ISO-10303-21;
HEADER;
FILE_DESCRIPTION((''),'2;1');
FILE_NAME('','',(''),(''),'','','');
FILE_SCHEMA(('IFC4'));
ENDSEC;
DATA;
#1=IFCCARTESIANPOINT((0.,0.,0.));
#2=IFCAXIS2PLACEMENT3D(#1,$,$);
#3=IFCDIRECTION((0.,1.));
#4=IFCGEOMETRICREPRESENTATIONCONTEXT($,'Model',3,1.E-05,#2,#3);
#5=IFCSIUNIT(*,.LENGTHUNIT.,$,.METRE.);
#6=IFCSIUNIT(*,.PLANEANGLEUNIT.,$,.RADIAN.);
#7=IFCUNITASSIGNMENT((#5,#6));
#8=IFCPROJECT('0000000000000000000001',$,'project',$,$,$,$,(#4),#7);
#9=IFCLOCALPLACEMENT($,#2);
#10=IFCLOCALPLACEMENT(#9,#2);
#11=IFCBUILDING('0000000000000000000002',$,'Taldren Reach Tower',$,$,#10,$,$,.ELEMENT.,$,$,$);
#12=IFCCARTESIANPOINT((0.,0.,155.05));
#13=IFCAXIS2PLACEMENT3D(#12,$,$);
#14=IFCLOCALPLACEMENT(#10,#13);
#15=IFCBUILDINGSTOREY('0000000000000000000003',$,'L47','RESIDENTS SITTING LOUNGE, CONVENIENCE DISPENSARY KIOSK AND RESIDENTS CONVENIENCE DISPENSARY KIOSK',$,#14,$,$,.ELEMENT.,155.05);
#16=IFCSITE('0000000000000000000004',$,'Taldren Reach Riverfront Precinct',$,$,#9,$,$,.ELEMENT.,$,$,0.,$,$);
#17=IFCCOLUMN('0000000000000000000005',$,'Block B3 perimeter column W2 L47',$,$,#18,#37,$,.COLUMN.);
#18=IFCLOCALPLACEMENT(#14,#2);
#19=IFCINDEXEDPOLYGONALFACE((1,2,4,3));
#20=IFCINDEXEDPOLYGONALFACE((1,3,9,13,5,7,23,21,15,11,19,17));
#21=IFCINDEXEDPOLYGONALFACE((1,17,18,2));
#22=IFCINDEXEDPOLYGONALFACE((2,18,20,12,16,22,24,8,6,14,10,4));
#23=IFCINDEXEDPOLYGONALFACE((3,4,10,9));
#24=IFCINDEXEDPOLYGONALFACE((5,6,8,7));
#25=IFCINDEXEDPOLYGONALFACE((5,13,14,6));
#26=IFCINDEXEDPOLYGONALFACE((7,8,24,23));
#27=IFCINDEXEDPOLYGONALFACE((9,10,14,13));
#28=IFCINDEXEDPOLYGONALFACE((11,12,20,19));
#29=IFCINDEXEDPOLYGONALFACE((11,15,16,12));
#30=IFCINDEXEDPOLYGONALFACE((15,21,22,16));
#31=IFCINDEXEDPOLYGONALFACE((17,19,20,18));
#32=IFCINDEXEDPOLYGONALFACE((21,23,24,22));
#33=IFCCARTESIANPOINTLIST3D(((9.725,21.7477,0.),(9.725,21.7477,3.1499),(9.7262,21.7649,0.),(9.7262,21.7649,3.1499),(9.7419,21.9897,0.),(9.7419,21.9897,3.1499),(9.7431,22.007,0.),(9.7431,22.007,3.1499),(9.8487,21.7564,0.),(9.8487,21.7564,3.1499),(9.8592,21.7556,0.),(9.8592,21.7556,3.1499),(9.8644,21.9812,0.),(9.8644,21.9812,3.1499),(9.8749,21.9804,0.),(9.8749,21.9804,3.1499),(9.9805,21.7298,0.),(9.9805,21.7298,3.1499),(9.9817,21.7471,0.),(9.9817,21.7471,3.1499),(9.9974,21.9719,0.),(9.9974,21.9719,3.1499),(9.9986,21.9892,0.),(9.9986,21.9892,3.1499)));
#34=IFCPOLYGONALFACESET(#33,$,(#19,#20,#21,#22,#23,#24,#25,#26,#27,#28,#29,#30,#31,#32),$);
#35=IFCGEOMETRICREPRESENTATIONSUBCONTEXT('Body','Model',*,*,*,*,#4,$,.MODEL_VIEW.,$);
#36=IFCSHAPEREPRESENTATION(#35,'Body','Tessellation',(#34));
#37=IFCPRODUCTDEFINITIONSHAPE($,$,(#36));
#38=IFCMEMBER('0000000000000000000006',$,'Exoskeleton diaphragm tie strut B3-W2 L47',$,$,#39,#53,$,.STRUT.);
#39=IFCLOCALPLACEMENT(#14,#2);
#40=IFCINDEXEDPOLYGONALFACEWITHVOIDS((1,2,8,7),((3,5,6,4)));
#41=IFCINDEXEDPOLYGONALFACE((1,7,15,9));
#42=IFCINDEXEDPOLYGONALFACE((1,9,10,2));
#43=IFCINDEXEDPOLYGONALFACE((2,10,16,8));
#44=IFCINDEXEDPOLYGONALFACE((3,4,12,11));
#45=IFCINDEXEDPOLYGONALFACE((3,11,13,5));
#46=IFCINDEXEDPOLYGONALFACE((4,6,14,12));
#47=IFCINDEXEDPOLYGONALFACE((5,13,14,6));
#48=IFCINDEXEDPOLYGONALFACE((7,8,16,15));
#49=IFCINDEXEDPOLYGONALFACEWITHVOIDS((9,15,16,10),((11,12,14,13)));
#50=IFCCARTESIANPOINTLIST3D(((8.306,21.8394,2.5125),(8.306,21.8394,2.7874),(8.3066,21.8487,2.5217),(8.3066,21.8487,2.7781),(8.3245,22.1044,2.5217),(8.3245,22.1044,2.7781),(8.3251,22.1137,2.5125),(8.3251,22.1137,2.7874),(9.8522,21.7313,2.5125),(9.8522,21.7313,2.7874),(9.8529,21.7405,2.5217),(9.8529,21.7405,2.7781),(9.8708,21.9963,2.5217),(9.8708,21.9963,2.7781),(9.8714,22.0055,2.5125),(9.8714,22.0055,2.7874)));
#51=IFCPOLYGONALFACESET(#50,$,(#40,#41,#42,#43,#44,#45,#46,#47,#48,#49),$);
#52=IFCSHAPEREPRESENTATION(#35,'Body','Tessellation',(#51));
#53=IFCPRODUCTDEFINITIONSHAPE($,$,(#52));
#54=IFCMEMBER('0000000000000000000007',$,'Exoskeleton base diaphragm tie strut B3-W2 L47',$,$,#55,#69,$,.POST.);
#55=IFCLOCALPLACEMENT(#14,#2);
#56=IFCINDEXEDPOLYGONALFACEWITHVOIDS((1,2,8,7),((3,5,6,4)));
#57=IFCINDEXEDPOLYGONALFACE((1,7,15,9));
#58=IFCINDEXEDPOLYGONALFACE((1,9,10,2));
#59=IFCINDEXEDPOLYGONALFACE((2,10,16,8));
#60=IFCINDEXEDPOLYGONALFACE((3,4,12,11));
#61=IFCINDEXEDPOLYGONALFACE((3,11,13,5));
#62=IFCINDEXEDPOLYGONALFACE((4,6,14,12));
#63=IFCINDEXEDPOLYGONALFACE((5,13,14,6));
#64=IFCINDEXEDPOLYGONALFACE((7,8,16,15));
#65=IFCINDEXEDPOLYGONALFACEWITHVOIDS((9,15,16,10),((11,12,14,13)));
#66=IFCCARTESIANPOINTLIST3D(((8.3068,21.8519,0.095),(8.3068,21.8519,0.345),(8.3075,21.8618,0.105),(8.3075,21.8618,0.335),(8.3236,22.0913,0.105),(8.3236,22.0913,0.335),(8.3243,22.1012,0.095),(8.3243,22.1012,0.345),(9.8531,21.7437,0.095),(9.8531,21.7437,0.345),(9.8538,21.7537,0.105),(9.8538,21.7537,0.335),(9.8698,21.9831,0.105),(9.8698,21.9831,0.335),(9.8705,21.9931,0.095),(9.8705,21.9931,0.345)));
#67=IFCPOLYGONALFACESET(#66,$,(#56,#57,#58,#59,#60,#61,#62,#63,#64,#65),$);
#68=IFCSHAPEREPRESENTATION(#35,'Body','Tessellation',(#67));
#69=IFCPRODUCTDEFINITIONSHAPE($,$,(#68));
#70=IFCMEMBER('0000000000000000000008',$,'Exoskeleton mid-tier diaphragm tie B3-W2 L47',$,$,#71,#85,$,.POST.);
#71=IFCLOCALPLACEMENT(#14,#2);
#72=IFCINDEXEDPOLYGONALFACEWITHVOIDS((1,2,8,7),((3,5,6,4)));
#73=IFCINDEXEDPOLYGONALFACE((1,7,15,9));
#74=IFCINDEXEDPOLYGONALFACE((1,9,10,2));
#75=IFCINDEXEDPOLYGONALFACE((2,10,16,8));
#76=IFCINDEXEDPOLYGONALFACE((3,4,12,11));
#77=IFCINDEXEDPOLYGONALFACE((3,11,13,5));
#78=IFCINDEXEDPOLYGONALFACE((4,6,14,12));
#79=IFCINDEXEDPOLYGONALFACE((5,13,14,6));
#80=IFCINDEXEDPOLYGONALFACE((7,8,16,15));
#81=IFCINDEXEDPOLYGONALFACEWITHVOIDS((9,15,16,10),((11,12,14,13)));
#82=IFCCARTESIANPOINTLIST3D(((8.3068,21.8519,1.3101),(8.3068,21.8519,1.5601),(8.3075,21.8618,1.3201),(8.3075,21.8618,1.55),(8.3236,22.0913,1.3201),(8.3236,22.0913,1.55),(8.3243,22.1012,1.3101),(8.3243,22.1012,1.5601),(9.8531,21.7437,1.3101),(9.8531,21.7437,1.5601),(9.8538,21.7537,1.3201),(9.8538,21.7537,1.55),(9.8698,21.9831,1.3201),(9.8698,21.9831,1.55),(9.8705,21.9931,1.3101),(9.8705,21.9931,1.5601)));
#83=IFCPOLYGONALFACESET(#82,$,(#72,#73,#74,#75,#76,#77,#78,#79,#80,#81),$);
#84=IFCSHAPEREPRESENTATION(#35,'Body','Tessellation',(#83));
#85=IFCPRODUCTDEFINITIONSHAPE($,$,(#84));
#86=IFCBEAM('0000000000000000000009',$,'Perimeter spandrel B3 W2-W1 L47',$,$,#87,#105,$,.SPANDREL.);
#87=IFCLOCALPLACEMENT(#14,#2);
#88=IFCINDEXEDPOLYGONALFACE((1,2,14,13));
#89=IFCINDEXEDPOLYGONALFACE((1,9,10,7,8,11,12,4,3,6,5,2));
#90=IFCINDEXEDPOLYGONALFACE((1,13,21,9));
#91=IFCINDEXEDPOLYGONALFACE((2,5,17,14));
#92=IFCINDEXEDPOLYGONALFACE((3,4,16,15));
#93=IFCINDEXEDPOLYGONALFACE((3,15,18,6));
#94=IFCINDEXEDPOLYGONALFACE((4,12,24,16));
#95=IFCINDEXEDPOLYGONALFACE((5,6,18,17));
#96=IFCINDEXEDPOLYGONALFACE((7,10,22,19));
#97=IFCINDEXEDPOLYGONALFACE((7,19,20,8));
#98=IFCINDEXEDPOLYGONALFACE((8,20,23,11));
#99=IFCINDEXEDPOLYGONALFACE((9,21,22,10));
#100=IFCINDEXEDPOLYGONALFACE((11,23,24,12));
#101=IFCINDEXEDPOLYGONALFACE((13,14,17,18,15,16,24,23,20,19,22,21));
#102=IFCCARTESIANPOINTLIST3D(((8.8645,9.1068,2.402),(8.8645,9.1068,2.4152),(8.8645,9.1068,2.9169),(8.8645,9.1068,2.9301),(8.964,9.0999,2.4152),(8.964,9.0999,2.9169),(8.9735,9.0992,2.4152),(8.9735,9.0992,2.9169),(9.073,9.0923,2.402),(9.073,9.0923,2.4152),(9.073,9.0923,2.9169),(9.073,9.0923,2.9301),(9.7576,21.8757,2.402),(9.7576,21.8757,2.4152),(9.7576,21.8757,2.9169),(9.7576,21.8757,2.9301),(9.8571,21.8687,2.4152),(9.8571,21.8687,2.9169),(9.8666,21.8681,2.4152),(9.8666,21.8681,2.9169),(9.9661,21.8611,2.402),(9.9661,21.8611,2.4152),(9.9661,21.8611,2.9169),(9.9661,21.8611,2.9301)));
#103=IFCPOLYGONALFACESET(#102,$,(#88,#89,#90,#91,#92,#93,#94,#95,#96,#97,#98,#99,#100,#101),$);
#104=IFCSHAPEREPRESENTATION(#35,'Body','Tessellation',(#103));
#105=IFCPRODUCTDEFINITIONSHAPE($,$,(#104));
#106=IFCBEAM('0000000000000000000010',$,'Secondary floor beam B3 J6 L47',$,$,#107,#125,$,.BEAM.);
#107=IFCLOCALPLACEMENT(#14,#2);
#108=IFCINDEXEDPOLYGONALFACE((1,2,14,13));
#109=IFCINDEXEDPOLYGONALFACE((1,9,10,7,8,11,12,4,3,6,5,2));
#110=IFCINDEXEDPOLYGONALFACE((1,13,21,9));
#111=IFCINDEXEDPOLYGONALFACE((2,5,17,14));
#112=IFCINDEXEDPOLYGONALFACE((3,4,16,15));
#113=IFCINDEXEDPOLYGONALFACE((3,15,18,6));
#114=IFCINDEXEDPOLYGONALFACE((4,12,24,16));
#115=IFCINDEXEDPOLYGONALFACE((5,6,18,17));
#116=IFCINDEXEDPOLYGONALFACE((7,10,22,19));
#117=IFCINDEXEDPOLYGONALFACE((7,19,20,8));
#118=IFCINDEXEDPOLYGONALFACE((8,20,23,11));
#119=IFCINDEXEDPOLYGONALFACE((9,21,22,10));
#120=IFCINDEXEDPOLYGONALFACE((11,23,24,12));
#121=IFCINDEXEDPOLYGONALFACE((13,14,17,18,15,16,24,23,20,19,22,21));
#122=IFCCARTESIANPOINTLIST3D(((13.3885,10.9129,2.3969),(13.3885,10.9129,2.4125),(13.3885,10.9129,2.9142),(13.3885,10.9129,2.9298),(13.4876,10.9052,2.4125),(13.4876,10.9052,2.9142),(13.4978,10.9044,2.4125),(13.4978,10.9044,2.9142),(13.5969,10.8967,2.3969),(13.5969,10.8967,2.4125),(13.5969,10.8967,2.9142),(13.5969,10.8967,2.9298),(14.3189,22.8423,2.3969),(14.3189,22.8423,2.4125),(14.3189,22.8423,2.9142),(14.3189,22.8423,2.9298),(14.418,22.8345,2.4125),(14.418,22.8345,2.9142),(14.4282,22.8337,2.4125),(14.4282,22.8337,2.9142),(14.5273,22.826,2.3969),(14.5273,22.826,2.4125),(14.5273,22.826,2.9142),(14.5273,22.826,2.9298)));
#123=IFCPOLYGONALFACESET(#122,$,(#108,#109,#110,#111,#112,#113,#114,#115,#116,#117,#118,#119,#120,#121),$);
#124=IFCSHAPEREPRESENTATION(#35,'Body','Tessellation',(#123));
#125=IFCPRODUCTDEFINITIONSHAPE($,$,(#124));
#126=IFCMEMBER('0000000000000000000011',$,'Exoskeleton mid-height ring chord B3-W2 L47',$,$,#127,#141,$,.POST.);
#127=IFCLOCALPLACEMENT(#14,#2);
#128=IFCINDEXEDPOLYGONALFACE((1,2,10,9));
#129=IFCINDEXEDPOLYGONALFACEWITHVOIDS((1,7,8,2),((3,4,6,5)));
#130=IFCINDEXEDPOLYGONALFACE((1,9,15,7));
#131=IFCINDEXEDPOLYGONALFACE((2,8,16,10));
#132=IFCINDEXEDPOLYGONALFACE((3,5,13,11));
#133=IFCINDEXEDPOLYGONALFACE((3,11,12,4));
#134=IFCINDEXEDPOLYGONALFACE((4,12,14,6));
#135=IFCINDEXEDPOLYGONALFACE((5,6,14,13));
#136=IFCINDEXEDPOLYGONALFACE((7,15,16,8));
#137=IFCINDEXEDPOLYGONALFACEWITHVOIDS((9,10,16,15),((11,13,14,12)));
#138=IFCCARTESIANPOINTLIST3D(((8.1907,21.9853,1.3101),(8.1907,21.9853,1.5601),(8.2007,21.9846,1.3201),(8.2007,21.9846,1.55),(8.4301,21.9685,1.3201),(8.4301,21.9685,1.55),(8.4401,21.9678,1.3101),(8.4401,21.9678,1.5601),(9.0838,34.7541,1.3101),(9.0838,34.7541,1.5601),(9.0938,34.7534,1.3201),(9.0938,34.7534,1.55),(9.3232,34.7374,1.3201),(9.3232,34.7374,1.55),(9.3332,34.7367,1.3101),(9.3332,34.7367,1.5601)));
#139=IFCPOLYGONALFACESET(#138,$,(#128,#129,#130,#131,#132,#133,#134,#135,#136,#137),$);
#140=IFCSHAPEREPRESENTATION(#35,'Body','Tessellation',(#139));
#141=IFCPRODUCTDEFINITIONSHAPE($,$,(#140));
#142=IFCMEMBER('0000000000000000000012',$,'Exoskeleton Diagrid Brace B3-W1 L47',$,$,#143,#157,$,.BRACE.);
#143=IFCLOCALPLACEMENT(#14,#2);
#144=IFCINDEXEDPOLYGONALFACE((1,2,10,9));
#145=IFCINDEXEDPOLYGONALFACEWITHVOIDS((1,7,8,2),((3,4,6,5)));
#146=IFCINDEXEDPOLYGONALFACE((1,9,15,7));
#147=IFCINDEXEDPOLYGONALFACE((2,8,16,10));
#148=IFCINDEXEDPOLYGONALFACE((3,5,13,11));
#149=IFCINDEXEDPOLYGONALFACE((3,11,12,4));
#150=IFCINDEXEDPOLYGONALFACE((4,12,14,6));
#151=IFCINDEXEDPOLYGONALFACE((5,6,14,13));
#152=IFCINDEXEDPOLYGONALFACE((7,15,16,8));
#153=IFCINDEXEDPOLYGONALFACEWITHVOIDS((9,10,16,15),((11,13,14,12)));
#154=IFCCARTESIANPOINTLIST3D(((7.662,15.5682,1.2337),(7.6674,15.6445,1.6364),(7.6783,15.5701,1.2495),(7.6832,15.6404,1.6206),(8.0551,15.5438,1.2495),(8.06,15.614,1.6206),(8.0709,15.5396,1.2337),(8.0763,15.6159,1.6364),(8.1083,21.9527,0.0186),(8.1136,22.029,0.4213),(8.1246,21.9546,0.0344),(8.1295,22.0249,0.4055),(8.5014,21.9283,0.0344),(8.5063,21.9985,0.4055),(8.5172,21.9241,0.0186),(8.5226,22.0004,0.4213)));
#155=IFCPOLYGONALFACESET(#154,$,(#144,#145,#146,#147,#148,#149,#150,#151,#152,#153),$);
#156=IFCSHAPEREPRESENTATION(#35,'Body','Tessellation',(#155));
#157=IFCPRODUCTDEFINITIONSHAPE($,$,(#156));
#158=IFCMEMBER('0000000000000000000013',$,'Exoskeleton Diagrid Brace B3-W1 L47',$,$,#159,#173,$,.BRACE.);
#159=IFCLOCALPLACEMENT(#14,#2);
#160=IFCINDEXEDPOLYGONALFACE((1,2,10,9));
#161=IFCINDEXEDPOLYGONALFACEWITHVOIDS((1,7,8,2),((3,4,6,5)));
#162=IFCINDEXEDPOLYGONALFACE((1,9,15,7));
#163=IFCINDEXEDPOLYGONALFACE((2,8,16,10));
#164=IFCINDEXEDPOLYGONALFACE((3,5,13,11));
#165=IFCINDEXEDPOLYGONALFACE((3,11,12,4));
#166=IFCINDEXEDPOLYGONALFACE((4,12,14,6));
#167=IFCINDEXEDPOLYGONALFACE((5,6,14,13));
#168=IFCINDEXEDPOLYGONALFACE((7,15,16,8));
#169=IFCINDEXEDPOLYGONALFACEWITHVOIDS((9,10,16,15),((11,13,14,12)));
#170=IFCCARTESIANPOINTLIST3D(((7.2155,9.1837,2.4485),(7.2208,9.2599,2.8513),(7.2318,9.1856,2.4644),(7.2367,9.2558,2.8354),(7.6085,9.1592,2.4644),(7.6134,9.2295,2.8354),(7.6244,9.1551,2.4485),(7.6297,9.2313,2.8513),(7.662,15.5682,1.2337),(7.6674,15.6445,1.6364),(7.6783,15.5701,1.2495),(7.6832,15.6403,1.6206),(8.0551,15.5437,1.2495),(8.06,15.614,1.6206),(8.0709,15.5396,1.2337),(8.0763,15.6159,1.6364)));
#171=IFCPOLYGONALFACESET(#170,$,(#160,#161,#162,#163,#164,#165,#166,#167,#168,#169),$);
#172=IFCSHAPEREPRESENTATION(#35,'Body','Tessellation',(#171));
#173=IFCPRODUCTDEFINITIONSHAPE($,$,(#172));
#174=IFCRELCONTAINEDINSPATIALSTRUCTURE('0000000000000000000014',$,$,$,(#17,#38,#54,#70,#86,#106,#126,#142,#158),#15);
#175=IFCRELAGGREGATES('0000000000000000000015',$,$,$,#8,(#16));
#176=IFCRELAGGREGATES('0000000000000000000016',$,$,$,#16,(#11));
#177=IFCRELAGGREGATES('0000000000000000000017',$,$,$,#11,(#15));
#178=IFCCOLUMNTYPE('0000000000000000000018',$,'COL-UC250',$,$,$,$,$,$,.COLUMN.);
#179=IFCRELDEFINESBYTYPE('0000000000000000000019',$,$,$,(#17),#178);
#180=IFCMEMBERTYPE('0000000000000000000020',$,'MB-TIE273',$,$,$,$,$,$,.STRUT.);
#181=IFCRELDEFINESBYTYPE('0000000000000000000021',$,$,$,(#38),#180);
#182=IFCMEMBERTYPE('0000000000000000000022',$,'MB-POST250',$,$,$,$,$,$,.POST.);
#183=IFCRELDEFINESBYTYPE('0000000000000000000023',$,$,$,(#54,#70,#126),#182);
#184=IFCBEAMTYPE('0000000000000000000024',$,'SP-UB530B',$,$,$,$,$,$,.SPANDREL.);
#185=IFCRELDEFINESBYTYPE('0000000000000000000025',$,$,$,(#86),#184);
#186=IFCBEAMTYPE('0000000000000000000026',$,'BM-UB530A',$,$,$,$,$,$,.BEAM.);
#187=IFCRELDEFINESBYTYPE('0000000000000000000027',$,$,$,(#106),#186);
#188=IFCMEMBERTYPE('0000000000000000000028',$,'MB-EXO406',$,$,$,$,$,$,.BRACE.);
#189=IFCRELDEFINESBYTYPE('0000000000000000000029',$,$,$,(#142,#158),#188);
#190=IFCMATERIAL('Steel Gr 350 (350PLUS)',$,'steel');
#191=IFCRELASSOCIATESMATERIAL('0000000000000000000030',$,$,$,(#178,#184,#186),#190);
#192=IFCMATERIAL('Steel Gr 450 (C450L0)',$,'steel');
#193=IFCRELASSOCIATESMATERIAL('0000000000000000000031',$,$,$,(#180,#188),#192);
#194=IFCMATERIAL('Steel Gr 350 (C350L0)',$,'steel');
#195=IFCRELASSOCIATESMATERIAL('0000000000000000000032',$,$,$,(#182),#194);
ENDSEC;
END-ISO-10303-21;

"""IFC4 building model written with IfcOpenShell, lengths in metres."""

from ifc_helpers import new_model, si_unit, direction, frame, origin, origin_2d, place, context, subcontext, project, spatial, hollow_rectangle, i_section, extrude, source, transform, mapped, material, material_profile, profile_set, type_object, element, save


model = new_model("IFC4")

# Units and contexts
model_context = context("Model", 3, precision=1e-05, world=origin(), true_north=direction((0.0, 1.0)))
body_context = subcontext(model_context, "Body", "Model", "MODEL_VIEW")
ifc_project = project(units=[si_unit("LENGTHUNIT", "METRE"), si_unit("PLANEANGLEUNIT", "RADIAN")], contexts=[model_context])

# Site, building, storey
site_placement = place(None, origin())
site = spatial("IfcSite", under=ifc_project, at=site_placement, Name="Taldren Reach Riverfront Precinct", CompositionType="ELEMENT", RefElevation=0.0)
building_placement = place(site_placement, origin())
building = spatial("IfcBuilding", under=site, at=building_placement, Name="Taldren Reach Tower", CompositionType="ELEMENT")
storey_placement = place(building_placement, frame((0.0, 0.0, 155.05)))
storey = spatial("IfcBuildingStorey", under=building, at=storey_placement, Name="L47", Description="RESIDENTS SITTING LOUNGE, CONVENIENCE DISPENSARY KIOSK AND RESIDENTS CONVENIENCE DISPENSARY KIOSK", CompositionType="ELEMENT", Elevation=155.05)

# Column
ifc_material_1 = material(Name="Steel Gr 350 (350PLUS)", Category="steel")
ifc_material_profile_1 = material_profile(ifc_material_1, i_section(OverallWidth=0.2561, OverallDepth=0.26, WebThickness=0.0105, FlangeThickness=0.0173, at=origin_2d()), Name="250UC89.5")
ifc_profile_set_1 = profile_set([ifc_material_profile_1], Name="Steel Gr 350 (350PLUS)")
column_type = type_object("IfcColumnType", Name="COL-UC250", PredefinedType="COLUMN", material=ifc_profile_set_1)
shared_shape_1 = source(origin(), body_context, "Body", "SweptSolid", [
    extrude(i_section(OverallWidth=0.2561, OverallDepth=0.26, WebThickness=0.0105, FlangeThickness=0.0173, at=origin_2d()), origin(), (0.0, 0.0, 1.0), 3.1499),
])
column_placement = place(storey_placement, frame((9.8618, 21.8684, 0.0), z_axis=(0.0, 0.0, 1.0), x_axis=(0.997564, -0.069756, 0.0)))
element("IfcColumn", 1, at=column_placement, inside=storey, type_object=column_type, Name="Block B3 perimeter column W2 L47", PredefinedType="COLUMN", context=body_context, shape_type="MappedRepresentation", body=[
    mapped(shared_shape_1, transform((0.0, 0.0, 0.0), scale=1.0)),
])

# Members
ifc_material_2 = material(Name="Steel Gr 450 (C450L0)", Category="steel")
ifc_material_profile_2 = material_profile(ifc_material_2, hollow_rectangle(XDim=0.2749, YDim=0.2749, WallThickness=0.0093, at=origin_2d()), Name="275x275x9.3SHS")
ifc_profile_set_2 = profile_set([ifc_material_profile_2], Name="Steel Gr 450 (C450L0)")
member_type_1 = type_object("IfcMemberType", Name="MB-TIE273", PredefinedType="STRUT", material=ifc_profile_set_2)
shared_shape_2 = source(origin(), body_context, "Body", "SweptSolid", [
    extrude(hollow_rectangle(XDim=0.2749, YDim=0.2749, WallThickness=0.0093, at=origin_2d()), origin(), (0.0, 0.0, 1.0), 1.55),
])
member_1_placement = place(storey_placement, frame((9.8618, 21.8684, 2.6499), z_axis=(-0.997563, 0.06977, 0.0), x_axis=(-0.06977, -0.997563, 0.0)))
element("IfcMember", 2, at=member_1_placement, inside=storey, type_object=member_type_1, Name="Exoskeleton diaphragm tie strut B3-W2 L47", PredefinedType="STRUT", context=body_context, shape_type="MappedRepresentation", body=[
    mapped(shared_shape_2, transform((0.0, 0.0, 0.0), scale=1.0)),
])
ifc_material_3 = material(Name="Steel Gr 350 (C350L0)", Category="steel")
ifc_material_profile_3 = material_profile(ifc_material_3, hollow_rectangle(XDim=0.25, YDim=0.25, WallThickness=0.01, at=origin_2d()), Name="250x250x10.0SHS")
ifc_profile_set_3 = profile_set([ifc_material_profile_3], Name="Steel Gr 350 (C350L0)")
member_type_2 = type_object("IfcMemberType", Name="MB-POST250", PredefinedType="POST", material=ifc_profile_set_3)
shared_shape_3 = source(origin(), body_context, "Body", "SweptSolid", [
    extrude(hollow_rectangle(XDim=0.25, YDim=0.25, WallThickness=0.01, at=origin_2d()), origin(), (0.0, 0.0, 1.0), 1.55),
])
for number, where, z_axis, x_axis, name in (
    (3, (9.8618, 21.8684, 0.22), (-0.997563, 0.06977, 0.0), (-0.06977, -0.997563, 0.0), "Exoskeleton base diaphragm tie strut B3-W2 L47"),
    (4, (9.8618, 21.8684, 1.4351), (-0.997563, 0.06977, 0.0), (-0.06977, -0.997563, 0.0), "Exoskeleton mid-tier diaphragm tie B3-W2 L47"),
):
    element("IfcMember", number, at=place(storey_placement, frame(where, z_axis=z_axis, x_axis=x_axis)), inside=storey, type_object=member_type_2, Name=name, PredefinedType="POST", context=body_context, shape_type="MappedRepresentation", body=[
        mapped(shared_shape_3, transform((0.0, 0.0, 0.0), scale=1.0)),
    ])

# Beams
ifc_material_profile_4 = material_profile(ifc_material_1, i_section(OverallWidth=0.209, OverallDepth=0.5281, WebThickness=0.0095, FlangeThickness=0.0132, at=origin_2d()), Name="530UB82.0")
ifc_profile_set_4 = profile_set([ifc_material_profile_4], Name="Steel Gr 350 (350PLUS)")
beam_type_1 = type_object("IfcBeamType", Name="SP-UB530B", PredefinedType="SPANDREL", material=ifc_profile_set_4)
shared_shape_4 = source(origin(), body_context, "Body", "SweptSolid", [
    extrude(i_section(OverallWidth=0.209, OverallDepth=0.5281, WebThickness=0.0095, FlangeThickness=0.0132, at=origin_2d()), origin(), (0.0, 0.0, 1.0), 12.8),
])
beam_1_placement = place(storey_placement, frame((9.8618, 21.8684, 2.666), z_axis=(-0.069771, -0.997563, 0.0), x_axis=(0.997563, -0.069771, 0.0)))
element("IfcBeam", 5, at=beam_1_placement, inside=storey, type_object=beam_type_1, Name="Perimeter spandrel B3 W2-W1 L47", PredefinedType="SPANDREL", context=body_context, shape_type="MappedRepresentation", body=[
    mapped(shared_shape_4, transform((0.0, 0.0, 0.0), scale=1.0)),
])
ifc_material_profile_5 = material_profile(ifc_material_1, i_section(OverallWidth=0.209, OverallDepth=0.533, WebThickness=0.0103, FlangeThickness=0.0156, at=origin_2d()), Name="530UB92.4")
ifc_profile_set_5 = profile_set([ifc_material_profile_5], Name="Steel Gr 350 (350PLUS)")
beam_type_2 = type_object("IfcBeamType", Name="BM-UB530A", PredefinedType="BEAM", material=ifc_profile_set_5)
shared_shape_5 = source(origin(), body_context, "Body", "SweptSolid", [
    extrude(i_section(OverallWidth=0.209, OverallDepth=0.533, WebThickness=0.0103, FlangeThickness=0.0156, at=origin_2d()), origin(), (0.0, 0.0, 1.0), 11.9656),
])
beam_2_placement = place(storey_placement, frame((13.4927, 10.9048, 2.6633), z_axis=(0.077757, 0.996972, 0.0), x_axis=(-0.996972, 0.077757, 0.0)))
element("IfcBeam", 6, at=beam_2_placement, inside=storey, type_object=beam_type_2, Name="Secondary floor beam B3 J6 L47", PredefinedType="BEAM", context=body_context, shape_type="MappedRepresentation", body=[
    mapped(shared_shape_5, transform((0.0, 0.0, 0.0), scale=1.0)),
])

# Members
shared_shape_6 = source(origin(), body_context, "Body", "SweptSolid", [
    extrude(hollow_rectangle(XDim=0.25, YDim=0.25, WallThickness=0.01, at=origin_2d()), origin(), (0.0, 0.0, 1.0), 12.8),
])
member_2_placement = place(storey_placement, frame((8.3154, 21.9766, 1.4351), z_axis=(0.069771, 0.997563, 0.0), x_axis=(-0.997563, 0.069771, 0.0)))
element("IfcMember", 7, at=member_2_placement, inside=storey, type_object=member_type_2, Name="Exoskeleton mid-height ring chord B3-W2 L47", PredefinedType="POST", context=body_context, shape_type="MappedRepresentation", body=[
    mapped(shared_shape_6, transform((0.0, 0.0, 0.0), scale=1.0)),
])
ifc_material_profile_6 = material_profile(ifc_material_2, hollow_rectangle(XDim=0.4099, YDim=0.4099, WallThickness=0.0161, at=origin_2d()), Name="410x410x16.0SHS")
ifc_profile_set_6 = profile_set([ifc_material_profile_6], Name="Steel Gr 450 (C450L0)")
member_type_3 = type_object("IfcMemberType", Name="MB-EXO406", PredefinedType="BRACE", material=ifc_profile_set_6)
shared_shape_7 = source(origin(), body_context, "Body", "SweptSolid", [
    extrude(hollow_rectangle(XDim=0.4099, YDim=0.4099, WallThickness=0.0161, at=origin_2d()), origin(), (0.0, 0.0, 1.0), 6.5144),
])
for number, where, z_axis, x_axis, name in (
    (8, (8.3154, 21.9766, 0.22), (-0.068508, -0.980059, 0.186523), (0.997566, -0.069732, 0.0), "Exoskeleton Diagrid Brace B3-W1 L47"),
    (9, (7.8691, 15.592, 1.4351), (-0.068546, -0.980063, 0.186486), (0.997563, -0.06977, 0.0), "Exoskeleton Diagrid Brace B3-W1 L47"),
):
    element("IfcMember", number, at=place(storey_placement, frame(where, z_axis=z_axis, x_axis=x_axis)), inside=storey, type_object=member_type_3, Name=name, PredefinedType="BRACE", context=body_context, shape_type="MappedRepresentation", body=[
        mapped(shared_shape_7, transform((0.0, 0.0, 0.0), scale=1.0)),
    ])

save(model, "model.ifc")
